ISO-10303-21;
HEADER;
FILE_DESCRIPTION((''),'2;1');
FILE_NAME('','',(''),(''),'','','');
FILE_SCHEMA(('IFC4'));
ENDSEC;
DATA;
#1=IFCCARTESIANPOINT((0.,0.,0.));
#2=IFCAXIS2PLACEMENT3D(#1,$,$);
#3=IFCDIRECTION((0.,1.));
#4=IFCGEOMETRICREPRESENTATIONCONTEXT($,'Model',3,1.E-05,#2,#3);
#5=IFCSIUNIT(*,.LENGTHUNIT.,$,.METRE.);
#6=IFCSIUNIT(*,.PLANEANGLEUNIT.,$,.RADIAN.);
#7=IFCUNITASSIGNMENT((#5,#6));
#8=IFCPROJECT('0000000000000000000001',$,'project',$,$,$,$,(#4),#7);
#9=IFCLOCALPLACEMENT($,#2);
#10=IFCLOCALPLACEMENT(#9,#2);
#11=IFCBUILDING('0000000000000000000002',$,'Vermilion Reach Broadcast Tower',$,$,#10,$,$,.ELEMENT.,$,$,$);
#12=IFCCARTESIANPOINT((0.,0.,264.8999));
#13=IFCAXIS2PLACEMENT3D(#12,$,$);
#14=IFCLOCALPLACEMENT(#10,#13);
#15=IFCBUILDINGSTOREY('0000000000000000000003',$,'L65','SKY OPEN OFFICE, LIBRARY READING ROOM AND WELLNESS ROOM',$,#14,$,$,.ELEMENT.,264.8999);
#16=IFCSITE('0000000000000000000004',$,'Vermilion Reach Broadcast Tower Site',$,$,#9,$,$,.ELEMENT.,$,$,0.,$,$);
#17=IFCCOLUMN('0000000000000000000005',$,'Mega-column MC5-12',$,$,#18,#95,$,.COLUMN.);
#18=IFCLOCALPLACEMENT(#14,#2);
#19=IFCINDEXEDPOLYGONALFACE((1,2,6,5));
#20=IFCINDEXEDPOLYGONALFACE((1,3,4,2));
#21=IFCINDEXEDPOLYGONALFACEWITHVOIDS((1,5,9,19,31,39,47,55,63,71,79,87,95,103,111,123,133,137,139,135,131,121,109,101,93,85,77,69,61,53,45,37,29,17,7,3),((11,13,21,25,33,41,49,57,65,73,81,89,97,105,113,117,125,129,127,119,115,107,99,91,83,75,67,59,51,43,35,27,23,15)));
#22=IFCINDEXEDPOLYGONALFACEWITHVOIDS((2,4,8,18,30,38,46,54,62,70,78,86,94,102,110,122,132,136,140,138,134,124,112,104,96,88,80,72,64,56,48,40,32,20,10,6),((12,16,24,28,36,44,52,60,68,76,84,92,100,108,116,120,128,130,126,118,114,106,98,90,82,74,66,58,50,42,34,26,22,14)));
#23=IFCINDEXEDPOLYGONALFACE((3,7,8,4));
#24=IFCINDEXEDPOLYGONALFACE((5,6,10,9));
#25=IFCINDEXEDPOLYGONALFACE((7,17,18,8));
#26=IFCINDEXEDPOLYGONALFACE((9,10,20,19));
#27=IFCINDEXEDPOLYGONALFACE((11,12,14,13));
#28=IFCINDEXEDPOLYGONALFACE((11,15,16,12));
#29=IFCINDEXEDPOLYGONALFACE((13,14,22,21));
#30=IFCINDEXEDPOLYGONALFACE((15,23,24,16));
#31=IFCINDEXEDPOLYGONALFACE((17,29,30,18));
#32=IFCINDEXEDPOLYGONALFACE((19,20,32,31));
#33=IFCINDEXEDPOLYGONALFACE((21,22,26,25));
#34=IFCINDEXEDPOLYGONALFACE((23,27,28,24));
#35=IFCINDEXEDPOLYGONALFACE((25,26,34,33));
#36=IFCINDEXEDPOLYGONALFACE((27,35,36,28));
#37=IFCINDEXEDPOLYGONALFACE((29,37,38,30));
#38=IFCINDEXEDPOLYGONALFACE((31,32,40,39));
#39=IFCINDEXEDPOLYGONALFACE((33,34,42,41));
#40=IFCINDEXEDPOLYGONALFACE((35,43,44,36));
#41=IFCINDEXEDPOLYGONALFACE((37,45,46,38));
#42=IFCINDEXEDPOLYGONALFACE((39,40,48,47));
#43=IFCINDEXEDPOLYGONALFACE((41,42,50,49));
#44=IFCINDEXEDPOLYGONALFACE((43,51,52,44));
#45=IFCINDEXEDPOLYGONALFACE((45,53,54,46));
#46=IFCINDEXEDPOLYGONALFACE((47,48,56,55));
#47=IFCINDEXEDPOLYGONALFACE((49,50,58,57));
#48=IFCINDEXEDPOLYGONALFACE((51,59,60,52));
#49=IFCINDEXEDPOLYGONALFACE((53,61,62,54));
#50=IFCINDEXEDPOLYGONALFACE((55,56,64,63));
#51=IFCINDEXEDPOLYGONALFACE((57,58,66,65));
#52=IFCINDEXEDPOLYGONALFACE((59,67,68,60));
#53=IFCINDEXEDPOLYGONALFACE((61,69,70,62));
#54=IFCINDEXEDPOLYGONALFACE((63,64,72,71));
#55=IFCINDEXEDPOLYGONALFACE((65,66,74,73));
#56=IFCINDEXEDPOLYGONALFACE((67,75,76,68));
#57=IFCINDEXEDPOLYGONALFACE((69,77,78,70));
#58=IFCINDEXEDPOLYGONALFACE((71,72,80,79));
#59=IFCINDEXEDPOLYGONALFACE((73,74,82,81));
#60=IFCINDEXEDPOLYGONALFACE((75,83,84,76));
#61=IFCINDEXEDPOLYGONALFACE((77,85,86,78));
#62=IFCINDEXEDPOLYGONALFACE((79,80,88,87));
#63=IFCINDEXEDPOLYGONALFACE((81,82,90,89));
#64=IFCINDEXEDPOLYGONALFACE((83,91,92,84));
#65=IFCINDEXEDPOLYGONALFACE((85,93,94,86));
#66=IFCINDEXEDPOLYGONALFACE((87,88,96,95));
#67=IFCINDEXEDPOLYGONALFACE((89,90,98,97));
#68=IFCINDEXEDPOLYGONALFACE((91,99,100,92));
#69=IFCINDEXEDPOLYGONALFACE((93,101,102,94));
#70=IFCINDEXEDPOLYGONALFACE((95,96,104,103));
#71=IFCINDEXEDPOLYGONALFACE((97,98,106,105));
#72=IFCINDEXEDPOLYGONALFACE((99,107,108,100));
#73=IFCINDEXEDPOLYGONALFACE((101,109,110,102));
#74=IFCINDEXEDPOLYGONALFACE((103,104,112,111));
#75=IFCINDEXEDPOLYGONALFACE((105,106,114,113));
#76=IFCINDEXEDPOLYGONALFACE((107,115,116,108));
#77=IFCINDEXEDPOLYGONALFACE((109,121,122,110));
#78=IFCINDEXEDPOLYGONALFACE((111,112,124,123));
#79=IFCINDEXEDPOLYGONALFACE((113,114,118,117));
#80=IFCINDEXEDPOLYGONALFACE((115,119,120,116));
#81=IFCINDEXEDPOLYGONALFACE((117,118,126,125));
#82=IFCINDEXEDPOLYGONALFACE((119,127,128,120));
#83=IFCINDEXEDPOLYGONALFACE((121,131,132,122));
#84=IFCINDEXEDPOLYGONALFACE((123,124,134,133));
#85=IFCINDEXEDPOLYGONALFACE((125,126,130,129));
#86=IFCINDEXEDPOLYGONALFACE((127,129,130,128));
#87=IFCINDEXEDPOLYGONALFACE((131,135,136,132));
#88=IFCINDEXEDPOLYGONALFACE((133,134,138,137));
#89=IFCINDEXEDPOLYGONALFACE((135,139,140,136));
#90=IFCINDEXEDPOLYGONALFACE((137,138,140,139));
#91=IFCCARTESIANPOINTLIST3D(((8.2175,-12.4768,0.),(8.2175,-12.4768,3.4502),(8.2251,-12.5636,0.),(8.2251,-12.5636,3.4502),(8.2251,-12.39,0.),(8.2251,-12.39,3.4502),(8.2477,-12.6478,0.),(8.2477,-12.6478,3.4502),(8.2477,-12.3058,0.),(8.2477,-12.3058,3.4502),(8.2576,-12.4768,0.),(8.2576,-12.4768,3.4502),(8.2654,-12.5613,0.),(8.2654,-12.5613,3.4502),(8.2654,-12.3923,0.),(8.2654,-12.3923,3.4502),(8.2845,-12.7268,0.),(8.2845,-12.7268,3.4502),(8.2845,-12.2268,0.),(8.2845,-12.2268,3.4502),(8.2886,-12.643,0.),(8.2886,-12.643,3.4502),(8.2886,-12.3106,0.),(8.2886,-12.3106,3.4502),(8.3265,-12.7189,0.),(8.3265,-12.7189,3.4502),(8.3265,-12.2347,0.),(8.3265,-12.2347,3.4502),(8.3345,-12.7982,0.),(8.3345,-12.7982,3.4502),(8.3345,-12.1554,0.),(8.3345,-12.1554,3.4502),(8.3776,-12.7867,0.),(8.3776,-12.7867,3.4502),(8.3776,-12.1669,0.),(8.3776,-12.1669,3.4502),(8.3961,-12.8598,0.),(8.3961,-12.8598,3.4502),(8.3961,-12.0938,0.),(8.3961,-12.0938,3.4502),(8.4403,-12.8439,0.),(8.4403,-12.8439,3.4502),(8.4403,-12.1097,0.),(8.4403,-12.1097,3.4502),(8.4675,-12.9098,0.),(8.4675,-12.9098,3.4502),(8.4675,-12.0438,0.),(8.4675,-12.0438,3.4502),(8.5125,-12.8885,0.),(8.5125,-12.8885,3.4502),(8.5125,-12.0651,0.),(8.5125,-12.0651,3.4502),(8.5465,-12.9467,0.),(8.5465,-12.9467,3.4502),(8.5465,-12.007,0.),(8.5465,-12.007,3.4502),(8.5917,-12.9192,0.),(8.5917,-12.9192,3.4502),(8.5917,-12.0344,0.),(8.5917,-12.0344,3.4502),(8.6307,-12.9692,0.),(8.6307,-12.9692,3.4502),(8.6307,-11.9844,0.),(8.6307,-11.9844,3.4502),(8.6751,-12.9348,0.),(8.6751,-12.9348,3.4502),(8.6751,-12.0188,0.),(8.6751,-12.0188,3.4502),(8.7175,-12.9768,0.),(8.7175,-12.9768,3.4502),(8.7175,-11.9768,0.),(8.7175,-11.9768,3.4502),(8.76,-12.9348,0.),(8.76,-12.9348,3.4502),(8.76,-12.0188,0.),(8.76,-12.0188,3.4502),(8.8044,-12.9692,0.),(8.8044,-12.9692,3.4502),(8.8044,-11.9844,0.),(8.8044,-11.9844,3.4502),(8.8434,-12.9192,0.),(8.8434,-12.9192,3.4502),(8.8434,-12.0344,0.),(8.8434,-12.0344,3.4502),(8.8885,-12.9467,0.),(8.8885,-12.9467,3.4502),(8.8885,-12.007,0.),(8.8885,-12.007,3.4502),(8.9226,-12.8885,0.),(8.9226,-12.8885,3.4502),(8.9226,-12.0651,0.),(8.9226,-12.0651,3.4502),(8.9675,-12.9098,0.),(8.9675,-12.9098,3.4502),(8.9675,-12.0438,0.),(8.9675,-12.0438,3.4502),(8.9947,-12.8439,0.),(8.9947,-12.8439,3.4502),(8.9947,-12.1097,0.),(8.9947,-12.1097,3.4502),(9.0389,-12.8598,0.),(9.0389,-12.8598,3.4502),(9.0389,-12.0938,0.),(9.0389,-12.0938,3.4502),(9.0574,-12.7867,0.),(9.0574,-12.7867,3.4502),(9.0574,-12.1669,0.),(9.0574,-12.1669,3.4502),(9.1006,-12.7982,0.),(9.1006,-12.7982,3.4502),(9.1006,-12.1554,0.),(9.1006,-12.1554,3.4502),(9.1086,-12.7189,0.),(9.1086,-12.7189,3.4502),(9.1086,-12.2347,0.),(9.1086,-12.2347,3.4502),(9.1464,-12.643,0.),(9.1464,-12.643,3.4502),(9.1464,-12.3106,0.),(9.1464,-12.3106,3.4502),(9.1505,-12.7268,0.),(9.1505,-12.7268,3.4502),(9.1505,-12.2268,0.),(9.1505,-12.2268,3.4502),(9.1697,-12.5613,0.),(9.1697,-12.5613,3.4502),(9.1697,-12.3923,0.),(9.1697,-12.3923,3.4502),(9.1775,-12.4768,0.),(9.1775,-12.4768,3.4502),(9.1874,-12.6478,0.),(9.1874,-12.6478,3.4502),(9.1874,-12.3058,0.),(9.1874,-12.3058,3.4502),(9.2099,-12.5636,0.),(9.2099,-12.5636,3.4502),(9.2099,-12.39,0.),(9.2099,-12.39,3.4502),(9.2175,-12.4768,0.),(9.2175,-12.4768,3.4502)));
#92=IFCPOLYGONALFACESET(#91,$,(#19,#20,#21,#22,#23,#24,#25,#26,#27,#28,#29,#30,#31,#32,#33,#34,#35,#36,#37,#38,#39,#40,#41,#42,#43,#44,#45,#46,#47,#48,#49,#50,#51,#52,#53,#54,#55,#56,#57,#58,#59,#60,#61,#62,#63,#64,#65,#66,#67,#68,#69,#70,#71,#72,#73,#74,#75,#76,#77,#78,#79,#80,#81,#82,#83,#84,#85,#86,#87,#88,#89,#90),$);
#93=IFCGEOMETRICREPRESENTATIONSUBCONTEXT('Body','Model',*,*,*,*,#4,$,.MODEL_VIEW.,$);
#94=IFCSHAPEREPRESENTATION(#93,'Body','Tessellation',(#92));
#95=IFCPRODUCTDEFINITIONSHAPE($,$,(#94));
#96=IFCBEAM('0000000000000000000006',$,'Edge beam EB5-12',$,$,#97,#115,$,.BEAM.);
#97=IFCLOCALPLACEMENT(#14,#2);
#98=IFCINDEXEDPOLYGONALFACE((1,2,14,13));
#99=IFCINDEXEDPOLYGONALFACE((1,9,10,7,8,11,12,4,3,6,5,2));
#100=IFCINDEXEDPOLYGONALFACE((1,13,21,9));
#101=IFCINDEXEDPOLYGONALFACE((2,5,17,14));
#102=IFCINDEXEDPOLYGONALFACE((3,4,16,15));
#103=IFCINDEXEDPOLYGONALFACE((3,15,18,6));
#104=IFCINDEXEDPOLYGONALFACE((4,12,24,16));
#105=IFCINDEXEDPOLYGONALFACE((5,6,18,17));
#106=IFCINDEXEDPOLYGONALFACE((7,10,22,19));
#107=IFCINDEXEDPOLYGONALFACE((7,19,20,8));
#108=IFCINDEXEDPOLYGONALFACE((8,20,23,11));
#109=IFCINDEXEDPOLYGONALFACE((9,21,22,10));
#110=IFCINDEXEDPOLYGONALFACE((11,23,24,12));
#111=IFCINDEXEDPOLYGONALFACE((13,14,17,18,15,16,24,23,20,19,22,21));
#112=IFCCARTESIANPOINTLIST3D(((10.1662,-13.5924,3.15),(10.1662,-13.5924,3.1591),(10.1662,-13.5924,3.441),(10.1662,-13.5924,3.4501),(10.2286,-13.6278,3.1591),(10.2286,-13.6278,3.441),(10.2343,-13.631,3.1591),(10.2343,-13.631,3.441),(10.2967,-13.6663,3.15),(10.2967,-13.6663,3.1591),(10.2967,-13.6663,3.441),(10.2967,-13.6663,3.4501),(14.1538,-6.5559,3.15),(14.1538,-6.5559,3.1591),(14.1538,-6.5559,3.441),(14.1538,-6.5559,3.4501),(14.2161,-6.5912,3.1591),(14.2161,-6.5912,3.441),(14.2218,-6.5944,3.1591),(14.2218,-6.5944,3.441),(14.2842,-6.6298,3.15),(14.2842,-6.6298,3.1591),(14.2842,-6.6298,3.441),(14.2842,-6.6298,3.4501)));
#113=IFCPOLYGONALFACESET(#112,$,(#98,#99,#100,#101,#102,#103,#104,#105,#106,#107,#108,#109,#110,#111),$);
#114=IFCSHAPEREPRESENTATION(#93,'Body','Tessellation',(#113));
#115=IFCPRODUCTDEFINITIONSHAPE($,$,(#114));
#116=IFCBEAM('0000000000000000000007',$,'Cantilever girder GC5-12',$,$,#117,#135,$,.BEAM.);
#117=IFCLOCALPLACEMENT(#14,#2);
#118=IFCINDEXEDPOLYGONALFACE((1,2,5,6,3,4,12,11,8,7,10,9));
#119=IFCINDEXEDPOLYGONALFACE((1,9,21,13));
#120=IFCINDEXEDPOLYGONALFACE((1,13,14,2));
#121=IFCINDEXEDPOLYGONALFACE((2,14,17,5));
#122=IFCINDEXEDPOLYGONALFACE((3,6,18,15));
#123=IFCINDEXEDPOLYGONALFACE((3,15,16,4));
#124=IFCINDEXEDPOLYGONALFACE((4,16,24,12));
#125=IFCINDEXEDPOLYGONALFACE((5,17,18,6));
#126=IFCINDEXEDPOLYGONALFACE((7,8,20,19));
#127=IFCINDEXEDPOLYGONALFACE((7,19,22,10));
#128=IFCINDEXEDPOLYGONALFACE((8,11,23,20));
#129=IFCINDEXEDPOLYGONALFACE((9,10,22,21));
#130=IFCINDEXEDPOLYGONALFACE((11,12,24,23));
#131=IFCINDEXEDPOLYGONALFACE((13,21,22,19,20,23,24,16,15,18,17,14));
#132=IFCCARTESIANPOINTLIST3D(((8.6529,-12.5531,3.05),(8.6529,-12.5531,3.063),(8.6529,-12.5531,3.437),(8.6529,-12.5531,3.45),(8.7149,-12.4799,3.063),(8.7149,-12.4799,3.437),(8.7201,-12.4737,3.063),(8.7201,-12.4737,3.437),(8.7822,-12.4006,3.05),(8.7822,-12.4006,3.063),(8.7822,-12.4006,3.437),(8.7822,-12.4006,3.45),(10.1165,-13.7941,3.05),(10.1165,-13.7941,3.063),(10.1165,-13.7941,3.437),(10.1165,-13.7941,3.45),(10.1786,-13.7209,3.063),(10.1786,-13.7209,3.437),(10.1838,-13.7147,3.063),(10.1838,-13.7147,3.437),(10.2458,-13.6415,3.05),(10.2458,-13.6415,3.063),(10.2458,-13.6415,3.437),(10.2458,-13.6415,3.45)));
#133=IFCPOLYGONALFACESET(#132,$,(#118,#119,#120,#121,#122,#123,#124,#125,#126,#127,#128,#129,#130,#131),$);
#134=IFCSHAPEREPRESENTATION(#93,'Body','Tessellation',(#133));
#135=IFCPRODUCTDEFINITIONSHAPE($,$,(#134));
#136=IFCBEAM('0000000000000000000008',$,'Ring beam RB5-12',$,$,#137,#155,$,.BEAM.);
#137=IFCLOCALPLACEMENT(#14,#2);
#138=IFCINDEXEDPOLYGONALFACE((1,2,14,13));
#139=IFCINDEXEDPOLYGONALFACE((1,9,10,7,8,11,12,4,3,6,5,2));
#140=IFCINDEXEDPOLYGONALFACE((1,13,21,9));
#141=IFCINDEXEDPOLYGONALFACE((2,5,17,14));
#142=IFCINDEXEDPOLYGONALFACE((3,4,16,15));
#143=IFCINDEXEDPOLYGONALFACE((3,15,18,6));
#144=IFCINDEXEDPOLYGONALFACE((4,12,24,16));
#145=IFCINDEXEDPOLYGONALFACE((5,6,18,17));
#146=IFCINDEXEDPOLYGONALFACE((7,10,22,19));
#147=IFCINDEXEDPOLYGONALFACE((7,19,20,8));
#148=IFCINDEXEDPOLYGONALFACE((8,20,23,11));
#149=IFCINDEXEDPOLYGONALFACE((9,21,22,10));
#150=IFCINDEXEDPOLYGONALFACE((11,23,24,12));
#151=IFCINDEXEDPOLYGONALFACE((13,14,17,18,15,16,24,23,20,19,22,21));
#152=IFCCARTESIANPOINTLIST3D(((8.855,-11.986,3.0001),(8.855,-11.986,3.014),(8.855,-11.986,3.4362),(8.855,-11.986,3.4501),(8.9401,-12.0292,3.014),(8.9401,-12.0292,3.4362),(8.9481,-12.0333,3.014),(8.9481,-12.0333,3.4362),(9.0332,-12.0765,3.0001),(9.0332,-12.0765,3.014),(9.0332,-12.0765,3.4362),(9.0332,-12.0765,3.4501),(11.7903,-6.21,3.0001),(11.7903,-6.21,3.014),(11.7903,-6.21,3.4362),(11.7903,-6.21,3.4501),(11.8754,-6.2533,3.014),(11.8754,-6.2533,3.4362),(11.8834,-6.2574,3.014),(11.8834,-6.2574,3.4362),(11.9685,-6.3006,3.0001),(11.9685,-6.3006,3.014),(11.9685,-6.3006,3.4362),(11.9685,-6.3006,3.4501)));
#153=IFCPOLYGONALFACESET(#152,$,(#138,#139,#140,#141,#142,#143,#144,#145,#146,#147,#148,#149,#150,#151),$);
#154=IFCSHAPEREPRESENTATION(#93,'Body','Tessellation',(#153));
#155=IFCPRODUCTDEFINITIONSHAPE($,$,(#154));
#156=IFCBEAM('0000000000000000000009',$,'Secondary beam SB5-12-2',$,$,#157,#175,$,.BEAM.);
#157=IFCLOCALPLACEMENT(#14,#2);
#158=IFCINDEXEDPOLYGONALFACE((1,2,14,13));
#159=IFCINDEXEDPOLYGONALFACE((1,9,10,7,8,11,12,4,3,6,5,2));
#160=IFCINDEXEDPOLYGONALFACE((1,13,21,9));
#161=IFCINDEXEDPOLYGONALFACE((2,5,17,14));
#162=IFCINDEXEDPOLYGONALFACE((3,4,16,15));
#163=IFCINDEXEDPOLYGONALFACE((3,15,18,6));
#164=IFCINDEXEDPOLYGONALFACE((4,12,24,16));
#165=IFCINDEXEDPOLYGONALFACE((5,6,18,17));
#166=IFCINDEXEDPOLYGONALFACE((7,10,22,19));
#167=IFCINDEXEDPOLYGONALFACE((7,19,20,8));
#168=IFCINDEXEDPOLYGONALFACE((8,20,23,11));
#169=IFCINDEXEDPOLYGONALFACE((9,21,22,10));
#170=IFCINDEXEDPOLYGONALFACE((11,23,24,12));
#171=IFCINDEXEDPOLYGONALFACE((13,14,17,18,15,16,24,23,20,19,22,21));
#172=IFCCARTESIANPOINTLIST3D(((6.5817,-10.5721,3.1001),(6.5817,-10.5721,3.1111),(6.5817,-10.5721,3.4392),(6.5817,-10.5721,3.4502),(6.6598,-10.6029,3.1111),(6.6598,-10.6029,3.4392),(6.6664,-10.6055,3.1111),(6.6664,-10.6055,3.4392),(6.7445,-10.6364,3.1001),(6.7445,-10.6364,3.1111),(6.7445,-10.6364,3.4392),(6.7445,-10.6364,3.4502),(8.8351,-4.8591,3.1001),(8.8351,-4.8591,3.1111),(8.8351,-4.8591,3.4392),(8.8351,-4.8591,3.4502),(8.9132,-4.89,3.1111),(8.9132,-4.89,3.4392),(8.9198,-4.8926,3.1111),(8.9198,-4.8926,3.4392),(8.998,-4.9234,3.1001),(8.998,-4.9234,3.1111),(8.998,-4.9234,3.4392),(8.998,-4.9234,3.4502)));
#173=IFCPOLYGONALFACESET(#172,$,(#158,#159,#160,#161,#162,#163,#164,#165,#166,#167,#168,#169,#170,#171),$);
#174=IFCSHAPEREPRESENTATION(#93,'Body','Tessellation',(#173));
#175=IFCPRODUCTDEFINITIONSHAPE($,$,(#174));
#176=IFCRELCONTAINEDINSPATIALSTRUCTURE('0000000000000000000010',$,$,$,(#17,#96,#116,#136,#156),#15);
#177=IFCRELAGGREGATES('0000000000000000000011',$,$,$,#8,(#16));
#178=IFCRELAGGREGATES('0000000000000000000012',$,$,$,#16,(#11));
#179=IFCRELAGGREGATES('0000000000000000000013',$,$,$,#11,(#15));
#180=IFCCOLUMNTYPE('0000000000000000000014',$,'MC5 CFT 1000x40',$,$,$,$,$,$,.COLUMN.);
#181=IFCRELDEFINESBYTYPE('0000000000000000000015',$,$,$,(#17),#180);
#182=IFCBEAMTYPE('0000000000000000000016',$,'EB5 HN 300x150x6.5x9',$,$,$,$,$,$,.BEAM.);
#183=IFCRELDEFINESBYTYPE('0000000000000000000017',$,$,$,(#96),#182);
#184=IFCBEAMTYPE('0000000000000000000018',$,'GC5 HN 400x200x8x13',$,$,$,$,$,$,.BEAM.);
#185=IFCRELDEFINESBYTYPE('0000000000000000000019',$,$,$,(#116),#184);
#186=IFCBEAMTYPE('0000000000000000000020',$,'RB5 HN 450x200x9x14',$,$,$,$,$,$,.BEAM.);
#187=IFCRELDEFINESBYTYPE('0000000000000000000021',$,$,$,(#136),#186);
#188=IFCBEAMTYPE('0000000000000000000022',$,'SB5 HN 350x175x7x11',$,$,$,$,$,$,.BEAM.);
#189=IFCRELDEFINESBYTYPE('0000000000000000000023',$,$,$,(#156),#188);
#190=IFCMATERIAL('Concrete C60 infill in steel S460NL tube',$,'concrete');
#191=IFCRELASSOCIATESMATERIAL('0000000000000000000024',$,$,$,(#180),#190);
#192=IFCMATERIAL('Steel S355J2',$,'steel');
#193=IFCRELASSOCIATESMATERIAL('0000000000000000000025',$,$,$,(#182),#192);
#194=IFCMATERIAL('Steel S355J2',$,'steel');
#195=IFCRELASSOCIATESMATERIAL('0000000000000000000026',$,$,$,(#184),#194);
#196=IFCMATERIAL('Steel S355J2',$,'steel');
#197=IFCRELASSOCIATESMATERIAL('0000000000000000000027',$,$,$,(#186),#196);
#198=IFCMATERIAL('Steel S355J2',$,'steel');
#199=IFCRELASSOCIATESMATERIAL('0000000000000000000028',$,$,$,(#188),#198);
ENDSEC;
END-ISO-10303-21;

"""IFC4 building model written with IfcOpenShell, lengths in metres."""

from ifc_helpers import new_model, si_unit, direction, frame, origin, origin_2d, place, context, subcontext, project, spatial, hollow_circle, i_section, extrude, material, material_profile, profile_set, type_object, element, save


model = new_model("IFC4")

# Units and contexts
model_context = context("Model", 3, precision=1e-05, world=origin(), true_north=direction((0.0, 1.0)))
body_context = subcontext(model_context, "Body", "Model", "MODEL_VIEW")
ifc_project = project(units=[si_unit("LENGTHUNIT", "METRE"), si_unit("PLANEANGLEUNIT", "RADIAN")], contexts=[model_context])

# Site, building, storey
site_placement = place(None, origin())
site = spatial("IfcSite", under=ifc_project, at=site_placement, Name="Vermilion Reach Broadcast Tower Site", CompositionType="ELEMENT", RefElevation=0.0)
building_placement = place(site_placement, origin())
building = spatial("IfcBuilding", under=site, at=building_placement, Name="Vermilion Reach Broadcast Tower", CompositionType="ELEMENT")
storey_placement = place(building_placement, frame((0.0, 0.0, 264.8999)))
storey = spatial("IfcBuildingStorey", under=building, at=storey_placement, Name="L65", Description="SKY OPEN OFFICE, LIBRARY READING ROOM AND WELLNESS ROOM", CompositionType="ELEMENT", Elevation=264.8999)

# Column
ifc_material_1 = material(Name="Concrete C60 infill in steel S460NL tube", Category="concrete")
ifc_material_profile_1 = material_profile(ifc_material_1, hollow_circle(Radius=0.5, WallThickness=0.04, at=origin_2d()), Name="Concrete C60 infill in steel S460NL tube CFT 1000x40")
ifc_profile_set_1 = profile_set([ifc_material_profile_1], Name="Concrete C60 infill in steel S460NL tube")
column_type = type_object("IfcColumnType", Name="MC5 CFT 1000x40", PredefinedType="COLUMN", material=ifc_profile_set_1)
column_placement = place(storey_placement, frame((8.7175, -12.4768, 0.0), z_axis=(0.0, 0.0, 1.0), x_axis=(1.0, 0.0, 0.0)))
element("IfcColumn", 1, at=column_placement, inside=storey, type_object=column_type, Name="Mega-column MC5-12", PredefinedType="COLUMN", context=body_context, shape_type="SweptSolid", body=[
    extrude(hollow_circle(Radius=0.5, WallThickness=0.04, at=origin_2d()), origin(), (0.0, 0.0, 1.0), 3.4502),
])

# Beams
ifc_material_2 = material(Name="Steel S355J2", Category="steel")
ifc_material_profile_2 = material_profile(ifc_material_2, i_section(OverallWidth=0.1499, OverallDepth=0.3, WebThickness=0.0066, FlangeThickness=0.009, at=origin_2d()), Name="S355J2 HN 300x150x6.5x9")
ifc_profile_set_2 = profile_set([ifc_material_profile_2], Name="Steel S355J2")
beam_type_1 = type_object("IfcBeamType", Name="EB5 HN 300x150x6.5x9", PredefinedType="BEAM", material=ifc_profile_set_2)
beam_1_placement = place(storey_placement, frame((10.2314, -13.6294, 3.3), z_axis=(0.493025, 0.870015, 0.0), x_axis=(-0.870015, 0.493025, 0.0)))
element("IfcBeam", 2, at=beam_1_placement, inside=storey, type_object=beam_type_1, Name="Edge beam EB5-12", PredefinedType="BEAM", context=body_context, shape_type="SweptSolid", body=[
    extrude(i_section(OverallWidth=0.1499, OverallDepth=0.3, WebThickness=0.0066, FlangeThickness=0.009, at=origin_2d()), origin(), (0.0, 0.0, 1.0), 8.0879),
])
ifc_material_3 = material(Name="Steel S355J2", Category="steel")
ifc_material_profile_3 = material_profile(ifc_material_3, i_section(OverallWidth=0.2, OverallDepth=0.3999, WebThickness=0.0081, FlangeThickness=0.0129, at=origin_2d()), Name="S355J2 HN 400x200x8x13")
ifc_profile_set_3 = profile_set([ifc_material_profile_3], Name="Steel S355J2")
beam_type_2 = type_object("IfcBeamType", Name="GC5 HN 400x200x8x13", PredefinedType="BEAM", material=ifc_profile_set_3)
beam_2_placement = place(storey_placement, frame((8.7175, -12.4768, 3.25), z_axis=(0.762739, -0.646706, 0.0), x_axis=(0.646706, 0.762739, 0.0)))
element("IfcBeam", 3, at=beam_2_placement, inside=storey, type_object=beam_type_2, Name="Cantilever girder GC5-12", PredefinedType="BEAM", context=body_context, shape_type="SweptSolid", body=[
    extrude(i_section(OverallWidth=0.2, OverallDepth=0.3999, WebThickness=0.0081, FlangeThickness=0.0129, at=origin_2d()), origin(), (0.0, 0.0, 1.0), 1.9189),
])
ifc_material_4 = material(Name="Steel S355J2", Category="steel")
ifc_material_profile_4 = material_profile(ifc_material_4, i_section(OverallWidth=0.2, OverallDepth=0.45, WebThickness=0.009, FlangeThickness=0.0139, at=origin_2d()), Name="S355J2 HN 450x200x9x14")
ifc_profile_set_4 = profile_set([ifc_material_profile_4], Name="Steel S355J2")
beam_type_3 = type_object("IfcBeamType", Name="RB5 HN 450x200x9x14", PredefinedType="BEAM", material=ifc_profile_set_4)
beam_3_placement = place(storey_placement, frame((8.9441, -12.0312, 3.2251), z_axis=(0.453052, 0.891484, 0.0), x_axis=(-0.891484, 0.453052, 0.0)))
element("IfcBeam", 4, at=beam_3_placement, inside=storey, type_object=beam_type_3, Name="Ring beam RB5-12", PredefinedType="BEAM", context=body_context, shape_type="SweptSolid", body=[
    extrude(i_section(OverallWidth=0.2, OverallDepth=0.45, WebThickness=0.009, FlangeThickness=0.0139, at=origin_2d()), origin(), (0.0, 0.0, 1.0), 6.479),
])
ifc_material_5 = material(Name="Steel S355J2", Category="steel")
ifc_material_profile_5 = material_profile(ifc_material_5, i_section(OverallWidth=0.175, OverallDepth=0.3501, WebThickness=0.0071, FlangeThickness=0.011, at=origin_2d()), Name="S355J2 HN 350x175x7x11")
ifc_profile_set_5 = profile_set([ifc_material_profile_5], Name="Steel S355J2")
beam_type_4 = type_object("IfcBeamType", Name="SB5 HN 350x175x7x11", PredefinedType="BEAM", material=ifc_profile_set_5)
beam_4_placement = place(storey_placement, frame((6.6631, -10.6042, 3.2751), z_axis=(0.366931, 0.930248, 0.0), x_axis=(-0.930248, 0.366931, 0.0)))
element("IfcBeam", 5, at=beam_4_placement, inside=storey, type_object=beam_type_4, Name="Secondary beam SB5-12-2", PredefinedType="BEAM", context=body_context, shape_type="SweptSolid", body=[
    extrude(i_section(OverallWidth=0.175, OverallDepth=0.3501, WebThickness=0.0071, FlangeThickness=0.011, at=origin_2d()), origin(), (0.0, 0.0, 1.0), 6.1414),
])

save(model, "model.ifc")
